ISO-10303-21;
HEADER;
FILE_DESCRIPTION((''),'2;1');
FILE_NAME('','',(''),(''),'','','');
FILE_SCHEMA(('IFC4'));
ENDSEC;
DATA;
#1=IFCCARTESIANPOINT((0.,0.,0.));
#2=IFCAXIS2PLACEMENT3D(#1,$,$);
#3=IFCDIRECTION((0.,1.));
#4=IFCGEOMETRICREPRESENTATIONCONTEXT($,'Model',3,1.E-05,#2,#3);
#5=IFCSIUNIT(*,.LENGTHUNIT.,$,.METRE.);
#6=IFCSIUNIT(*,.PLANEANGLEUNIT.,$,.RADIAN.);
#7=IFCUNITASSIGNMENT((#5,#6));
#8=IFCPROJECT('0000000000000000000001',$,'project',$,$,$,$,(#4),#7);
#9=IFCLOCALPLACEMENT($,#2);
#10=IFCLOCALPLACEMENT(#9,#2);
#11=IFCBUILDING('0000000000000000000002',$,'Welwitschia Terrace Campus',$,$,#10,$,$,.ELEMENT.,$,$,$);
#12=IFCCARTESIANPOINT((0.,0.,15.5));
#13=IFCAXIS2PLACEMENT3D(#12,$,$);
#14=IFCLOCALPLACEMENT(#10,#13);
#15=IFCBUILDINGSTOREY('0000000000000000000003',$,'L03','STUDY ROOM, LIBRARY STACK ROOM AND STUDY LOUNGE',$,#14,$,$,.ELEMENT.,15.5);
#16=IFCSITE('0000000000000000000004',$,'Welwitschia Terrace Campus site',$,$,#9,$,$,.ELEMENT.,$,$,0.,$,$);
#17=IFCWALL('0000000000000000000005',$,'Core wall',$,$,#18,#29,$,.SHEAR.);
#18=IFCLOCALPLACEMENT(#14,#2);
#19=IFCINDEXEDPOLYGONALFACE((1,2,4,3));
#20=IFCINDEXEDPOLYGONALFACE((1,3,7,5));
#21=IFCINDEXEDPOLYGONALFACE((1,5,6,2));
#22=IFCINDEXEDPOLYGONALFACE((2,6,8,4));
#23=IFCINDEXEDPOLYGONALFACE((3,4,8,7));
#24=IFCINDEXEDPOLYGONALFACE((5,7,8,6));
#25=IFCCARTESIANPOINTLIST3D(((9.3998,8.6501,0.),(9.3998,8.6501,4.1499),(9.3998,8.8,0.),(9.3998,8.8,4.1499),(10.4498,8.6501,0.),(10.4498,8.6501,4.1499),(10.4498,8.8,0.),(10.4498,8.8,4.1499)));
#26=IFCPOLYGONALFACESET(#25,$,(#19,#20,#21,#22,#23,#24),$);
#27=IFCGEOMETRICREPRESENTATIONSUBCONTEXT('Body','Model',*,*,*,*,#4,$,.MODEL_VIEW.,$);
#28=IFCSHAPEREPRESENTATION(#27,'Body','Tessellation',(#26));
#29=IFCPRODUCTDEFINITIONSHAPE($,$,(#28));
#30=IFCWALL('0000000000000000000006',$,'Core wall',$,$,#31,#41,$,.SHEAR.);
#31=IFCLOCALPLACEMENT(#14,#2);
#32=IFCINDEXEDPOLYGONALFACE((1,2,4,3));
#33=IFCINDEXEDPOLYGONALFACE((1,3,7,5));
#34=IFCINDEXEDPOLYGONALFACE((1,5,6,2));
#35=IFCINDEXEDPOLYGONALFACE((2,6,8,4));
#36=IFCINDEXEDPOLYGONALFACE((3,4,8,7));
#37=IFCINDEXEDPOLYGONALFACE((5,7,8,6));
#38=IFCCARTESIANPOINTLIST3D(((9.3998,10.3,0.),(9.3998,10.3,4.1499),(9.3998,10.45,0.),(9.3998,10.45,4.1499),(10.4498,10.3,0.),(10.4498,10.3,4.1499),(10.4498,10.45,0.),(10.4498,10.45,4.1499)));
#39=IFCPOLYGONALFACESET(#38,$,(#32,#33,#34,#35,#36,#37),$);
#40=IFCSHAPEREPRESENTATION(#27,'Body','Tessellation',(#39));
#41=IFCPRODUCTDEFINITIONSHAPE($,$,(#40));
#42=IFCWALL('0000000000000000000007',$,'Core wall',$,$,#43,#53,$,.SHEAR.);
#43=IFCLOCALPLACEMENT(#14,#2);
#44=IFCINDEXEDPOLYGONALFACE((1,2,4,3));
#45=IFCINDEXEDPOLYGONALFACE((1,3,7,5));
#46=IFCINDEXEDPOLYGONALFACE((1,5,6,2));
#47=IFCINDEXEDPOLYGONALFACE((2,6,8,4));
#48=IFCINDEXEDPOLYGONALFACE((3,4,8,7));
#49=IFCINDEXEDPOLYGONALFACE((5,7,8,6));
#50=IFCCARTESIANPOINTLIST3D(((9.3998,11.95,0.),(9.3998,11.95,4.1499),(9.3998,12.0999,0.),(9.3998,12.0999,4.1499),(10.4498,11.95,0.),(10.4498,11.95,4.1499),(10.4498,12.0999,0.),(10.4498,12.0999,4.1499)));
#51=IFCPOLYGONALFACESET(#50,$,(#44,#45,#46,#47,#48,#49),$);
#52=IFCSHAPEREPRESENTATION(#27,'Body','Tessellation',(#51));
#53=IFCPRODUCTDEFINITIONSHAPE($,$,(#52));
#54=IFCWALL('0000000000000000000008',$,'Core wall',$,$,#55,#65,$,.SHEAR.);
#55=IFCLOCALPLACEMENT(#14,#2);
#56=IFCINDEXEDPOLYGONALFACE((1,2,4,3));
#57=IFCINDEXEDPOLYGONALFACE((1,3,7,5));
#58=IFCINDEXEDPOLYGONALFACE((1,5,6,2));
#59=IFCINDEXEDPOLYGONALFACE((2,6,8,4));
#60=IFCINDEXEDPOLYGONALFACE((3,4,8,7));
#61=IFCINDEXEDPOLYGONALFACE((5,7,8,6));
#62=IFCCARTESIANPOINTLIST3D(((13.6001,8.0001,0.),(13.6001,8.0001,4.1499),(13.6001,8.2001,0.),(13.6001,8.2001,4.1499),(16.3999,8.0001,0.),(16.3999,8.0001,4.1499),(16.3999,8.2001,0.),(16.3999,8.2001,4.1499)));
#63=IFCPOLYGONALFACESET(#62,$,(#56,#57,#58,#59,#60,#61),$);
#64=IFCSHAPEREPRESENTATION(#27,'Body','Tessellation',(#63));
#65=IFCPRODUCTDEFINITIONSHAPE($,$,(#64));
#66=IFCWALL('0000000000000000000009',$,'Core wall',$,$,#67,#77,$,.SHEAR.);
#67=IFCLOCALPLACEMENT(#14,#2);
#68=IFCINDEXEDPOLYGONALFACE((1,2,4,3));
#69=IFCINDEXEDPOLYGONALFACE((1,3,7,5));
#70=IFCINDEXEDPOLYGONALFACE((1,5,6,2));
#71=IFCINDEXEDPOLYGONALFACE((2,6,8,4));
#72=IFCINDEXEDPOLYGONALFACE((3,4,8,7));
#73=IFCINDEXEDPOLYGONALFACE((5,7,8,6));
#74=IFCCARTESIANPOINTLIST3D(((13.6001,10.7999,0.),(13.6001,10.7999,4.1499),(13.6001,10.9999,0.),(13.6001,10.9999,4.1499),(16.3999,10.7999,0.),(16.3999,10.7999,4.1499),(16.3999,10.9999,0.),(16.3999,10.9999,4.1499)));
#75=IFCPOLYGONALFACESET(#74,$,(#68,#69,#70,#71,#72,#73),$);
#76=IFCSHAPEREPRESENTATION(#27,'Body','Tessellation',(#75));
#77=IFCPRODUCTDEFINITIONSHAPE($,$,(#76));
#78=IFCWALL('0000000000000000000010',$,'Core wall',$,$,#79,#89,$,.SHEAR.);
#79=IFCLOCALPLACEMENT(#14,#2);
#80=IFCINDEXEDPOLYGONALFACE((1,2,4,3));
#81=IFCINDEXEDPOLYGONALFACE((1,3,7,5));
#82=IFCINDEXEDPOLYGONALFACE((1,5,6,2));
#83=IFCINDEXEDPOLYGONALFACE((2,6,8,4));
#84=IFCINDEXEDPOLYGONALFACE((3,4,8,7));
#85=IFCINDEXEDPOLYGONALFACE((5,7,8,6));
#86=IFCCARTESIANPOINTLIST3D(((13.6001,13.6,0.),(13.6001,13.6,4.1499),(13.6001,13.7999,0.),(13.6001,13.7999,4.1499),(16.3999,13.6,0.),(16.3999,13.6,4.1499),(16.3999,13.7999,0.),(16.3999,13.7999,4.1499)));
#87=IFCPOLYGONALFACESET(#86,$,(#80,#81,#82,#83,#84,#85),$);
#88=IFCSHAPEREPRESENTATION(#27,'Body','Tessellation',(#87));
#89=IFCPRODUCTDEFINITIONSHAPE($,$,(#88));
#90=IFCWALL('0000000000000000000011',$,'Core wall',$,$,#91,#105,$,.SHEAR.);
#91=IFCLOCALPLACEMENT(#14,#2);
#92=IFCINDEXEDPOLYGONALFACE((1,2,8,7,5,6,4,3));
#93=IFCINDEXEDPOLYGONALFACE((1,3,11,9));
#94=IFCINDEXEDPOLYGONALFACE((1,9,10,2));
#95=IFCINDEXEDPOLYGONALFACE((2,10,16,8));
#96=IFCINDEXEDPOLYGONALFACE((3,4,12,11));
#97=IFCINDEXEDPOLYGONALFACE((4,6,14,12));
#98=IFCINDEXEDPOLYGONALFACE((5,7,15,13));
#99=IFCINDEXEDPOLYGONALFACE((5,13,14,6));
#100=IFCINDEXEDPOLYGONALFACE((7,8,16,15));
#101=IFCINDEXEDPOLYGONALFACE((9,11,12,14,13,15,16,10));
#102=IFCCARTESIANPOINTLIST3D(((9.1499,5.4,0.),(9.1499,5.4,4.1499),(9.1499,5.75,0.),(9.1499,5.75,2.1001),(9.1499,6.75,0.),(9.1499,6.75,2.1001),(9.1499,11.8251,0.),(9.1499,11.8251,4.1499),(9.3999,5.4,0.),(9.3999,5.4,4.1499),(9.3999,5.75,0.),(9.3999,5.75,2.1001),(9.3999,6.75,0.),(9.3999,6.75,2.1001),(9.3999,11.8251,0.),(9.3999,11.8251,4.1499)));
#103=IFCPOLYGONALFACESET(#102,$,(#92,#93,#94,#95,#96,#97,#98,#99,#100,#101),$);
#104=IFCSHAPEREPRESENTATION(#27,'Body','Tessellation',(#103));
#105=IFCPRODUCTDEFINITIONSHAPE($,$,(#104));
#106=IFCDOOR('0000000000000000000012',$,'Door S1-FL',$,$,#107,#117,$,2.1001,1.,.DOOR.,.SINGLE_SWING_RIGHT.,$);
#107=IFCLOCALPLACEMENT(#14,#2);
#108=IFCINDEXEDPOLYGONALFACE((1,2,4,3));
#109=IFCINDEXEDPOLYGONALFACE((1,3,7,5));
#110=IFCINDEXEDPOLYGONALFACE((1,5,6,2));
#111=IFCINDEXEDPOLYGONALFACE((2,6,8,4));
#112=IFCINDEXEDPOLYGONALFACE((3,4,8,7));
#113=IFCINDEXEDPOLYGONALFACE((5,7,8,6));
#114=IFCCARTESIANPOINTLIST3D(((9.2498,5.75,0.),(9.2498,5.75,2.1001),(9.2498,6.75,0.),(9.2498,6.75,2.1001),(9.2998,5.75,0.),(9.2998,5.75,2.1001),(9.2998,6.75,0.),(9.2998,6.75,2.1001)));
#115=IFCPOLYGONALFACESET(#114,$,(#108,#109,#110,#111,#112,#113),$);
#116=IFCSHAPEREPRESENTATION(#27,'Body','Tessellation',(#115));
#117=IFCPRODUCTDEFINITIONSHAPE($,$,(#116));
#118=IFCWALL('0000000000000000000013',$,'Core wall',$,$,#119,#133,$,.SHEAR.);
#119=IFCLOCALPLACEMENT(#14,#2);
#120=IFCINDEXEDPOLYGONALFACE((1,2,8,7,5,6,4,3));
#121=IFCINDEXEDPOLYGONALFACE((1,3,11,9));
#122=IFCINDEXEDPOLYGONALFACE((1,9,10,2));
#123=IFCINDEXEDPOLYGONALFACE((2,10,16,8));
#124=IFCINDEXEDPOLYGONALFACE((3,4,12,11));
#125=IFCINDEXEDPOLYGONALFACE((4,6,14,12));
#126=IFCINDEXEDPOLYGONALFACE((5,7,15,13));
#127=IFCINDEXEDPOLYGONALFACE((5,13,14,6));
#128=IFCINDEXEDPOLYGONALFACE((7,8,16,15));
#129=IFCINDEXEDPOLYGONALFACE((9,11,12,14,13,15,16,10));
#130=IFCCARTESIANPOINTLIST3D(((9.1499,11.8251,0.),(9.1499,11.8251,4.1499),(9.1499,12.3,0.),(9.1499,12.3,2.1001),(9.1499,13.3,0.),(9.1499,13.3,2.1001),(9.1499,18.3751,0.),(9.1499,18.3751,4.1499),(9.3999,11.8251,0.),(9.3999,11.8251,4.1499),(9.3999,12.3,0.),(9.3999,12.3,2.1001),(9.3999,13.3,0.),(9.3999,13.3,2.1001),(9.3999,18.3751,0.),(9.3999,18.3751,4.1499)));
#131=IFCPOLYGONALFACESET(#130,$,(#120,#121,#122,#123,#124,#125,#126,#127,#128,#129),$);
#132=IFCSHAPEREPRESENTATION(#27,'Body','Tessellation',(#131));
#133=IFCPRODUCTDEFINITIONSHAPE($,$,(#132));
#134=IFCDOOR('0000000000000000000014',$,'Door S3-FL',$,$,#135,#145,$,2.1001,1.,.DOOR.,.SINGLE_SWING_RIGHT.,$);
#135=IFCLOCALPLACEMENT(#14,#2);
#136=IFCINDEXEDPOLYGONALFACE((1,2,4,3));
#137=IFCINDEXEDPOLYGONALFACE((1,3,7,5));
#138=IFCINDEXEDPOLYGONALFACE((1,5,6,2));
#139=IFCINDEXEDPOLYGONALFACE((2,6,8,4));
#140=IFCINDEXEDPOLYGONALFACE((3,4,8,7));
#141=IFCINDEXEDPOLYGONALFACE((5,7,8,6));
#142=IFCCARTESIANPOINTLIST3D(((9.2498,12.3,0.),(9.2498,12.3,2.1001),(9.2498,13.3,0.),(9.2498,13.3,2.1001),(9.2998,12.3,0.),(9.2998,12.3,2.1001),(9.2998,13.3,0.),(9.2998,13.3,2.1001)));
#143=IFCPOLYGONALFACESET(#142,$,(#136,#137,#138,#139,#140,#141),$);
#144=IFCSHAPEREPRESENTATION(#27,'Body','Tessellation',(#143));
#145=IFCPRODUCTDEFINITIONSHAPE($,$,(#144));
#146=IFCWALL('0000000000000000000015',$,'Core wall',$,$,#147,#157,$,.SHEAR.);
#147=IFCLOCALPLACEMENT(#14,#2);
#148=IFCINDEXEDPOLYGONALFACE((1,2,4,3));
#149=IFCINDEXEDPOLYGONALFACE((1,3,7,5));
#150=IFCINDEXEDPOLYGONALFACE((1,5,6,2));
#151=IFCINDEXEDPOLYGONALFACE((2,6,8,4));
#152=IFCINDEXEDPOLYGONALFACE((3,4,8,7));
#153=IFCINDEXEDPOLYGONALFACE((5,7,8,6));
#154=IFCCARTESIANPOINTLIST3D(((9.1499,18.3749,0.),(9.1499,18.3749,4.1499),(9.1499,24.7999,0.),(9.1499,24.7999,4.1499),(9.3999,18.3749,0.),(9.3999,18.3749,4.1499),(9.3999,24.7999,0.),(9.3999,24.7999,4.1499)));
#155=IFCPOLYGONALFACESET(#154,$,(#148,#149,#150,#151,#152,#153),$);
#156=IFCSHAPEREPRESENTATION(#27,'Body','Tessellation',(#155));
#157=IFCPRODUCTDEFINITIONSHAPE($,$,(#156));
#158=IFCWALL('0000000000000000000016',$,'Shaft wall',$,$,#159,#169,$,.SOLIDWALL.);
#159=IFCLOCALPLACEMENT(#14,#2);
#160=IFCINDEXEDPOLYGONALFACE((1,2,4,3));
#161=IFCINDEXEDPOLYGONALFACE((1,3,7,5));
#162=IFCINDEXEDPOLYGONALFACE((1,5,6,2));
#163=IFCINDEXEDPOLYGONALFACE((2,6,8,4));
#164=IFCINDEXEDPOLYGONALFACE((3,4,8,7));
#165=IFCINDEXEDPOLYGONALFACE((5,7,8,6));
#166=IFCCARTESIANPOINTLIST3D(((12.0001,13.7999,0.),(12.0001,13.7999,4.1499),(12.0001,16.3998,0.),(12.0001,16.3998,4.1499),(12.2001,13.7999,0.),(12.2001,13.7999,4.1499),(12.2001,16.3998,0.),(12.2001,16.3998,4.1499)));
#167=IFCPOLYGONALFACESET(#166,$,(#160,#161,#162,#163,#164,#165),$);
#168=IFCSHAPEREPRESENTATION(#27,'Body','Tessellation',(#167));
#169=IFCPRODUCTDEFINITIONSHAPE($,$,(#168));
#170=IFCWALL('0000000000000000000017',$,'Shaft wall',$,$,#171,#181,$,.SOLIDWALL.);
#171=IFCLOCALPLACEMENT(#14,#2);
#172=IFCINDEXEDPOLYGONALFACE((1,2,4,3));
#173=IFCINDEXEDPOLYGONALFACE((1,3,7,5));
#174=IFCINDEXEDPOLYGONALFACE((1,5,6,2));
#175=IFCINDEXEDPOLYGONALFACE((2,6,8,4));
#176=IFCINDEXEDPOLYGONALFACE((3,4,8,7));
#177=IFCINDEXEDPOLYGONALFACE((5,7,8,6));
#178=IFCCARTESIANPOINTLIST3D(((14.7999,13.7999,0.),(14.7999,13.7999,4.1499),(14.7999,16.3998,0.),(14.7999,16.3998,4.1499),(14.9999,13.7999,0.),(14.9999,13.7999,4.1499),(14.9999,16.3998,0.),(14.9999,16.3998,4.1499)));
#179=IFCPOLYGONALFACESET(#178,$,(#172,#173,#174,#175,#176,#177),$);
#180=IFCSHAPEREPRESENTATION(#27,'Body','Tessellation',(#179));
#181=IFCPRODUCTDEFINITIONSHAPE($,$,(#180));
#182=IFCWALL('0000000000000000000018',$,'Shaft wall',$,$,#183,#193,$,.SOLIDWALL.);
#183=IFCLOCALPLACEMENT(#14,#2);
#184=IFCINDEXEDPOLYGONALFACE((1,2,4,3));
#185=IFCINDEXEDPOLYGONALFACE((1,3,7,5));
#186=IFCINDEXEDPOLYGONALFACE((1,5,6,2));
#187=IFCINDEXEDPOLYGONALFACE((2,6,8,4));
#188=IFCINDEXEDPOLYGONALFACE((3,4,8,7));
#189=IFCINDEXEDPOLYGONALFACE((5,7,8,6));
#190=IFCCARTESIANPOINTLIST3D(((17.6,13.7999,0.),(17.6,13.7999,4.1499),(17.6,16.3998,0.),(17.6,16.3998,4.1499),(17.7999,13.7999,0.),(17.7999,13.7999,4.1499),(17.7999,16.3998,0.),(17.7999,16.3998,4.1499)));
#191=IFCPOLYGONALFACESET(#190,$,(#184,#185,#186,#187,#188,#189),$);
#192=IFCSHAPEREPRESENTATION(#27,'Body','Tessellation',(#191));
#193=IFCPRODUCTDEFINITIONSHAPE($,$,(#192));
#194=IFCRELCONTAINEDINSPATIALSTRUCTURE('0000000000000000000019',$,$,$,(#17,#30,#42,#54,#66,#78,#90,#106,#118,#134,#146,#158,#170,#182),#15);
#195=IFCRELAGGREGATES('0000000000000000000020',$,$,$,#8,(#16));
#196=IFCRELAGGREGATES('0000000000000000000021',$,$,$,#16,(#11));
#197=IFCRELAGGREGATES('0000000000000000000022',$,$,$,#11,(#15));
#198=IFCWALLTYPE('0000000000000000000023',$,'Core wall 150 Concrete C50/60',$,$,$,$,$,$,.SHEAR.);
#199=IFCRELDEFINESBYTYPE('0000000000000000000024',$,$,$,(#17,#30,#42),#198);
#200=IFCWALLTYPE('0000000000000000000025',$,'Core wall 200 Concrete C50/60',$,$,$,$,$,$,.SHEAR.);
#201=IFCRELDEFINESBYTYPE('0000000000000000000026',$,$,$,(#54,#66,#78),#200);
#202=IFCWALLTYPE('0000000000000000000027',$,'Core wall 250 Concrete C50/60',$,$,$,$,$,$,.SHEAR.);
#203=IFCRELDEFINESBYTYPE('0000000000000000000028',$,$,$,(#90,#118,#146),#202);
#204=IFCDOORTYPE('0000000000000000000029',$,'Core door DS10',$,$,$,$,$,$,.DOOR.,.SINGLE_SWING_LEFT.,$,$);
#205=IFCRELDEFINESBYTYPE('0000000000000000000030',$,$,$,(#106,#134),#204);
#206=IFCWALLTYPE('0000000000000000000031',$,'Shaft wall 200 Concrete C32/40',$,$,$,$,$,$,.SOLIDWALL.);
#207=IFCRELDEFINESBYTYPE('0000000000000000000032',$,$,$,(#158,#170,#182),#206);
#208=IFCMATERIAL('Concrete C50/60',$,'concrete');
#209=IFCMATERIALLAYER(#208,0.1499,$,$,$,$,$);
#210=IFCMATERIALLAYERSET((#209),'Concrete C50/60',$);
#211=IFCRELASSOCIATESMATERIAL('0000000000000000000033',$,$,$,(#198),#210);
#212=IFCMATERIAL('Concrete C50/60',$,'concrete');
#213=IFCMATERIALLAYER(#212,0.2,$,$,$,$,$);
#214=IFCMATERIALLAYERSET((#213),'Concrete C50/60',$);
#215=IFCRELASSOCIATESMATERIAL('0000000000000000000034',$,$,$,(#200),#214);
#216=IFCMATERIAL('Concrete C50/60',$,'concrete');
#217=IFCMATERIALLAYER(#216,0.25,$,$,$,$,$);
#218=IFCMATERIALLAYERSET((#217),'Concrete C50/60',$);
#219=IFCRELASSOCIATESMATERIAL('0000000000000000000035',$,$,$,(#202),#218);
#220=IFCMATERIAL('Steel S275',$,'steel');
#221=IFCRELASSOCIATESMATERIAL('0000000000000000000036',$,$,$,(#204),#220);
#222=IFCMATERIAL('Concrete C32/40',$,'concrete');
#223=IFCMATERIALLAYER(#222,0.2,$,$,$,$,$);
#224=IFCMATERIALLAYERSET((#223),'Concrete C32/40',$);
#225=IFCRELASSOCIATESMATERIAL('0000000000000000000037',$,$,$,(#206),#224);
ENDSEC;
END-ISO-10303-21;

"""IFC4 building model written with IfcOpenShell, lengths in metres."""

from ifc_helpers import new_model, si_unit, direction, frame, frame_2d, origin, place, context, subcontext, project, spatial, rectangle, extrude, material, layer, layer_set, type_object, element, fill, save


model = new_model("IFC4")

# Units and contexts
model_context = context("Model", 3, precision=1e-05, world=origin(), true_north=direction((0.0, 1.0)))
body_context = subcontext(model_context, "Body", "Model", "MODEL_VIEW")
ifc_project = project(units=[si_unit("LENGTHUNIT", "METRE"), si_unit("PLANEANGLEUNIT", "RADIAN")], contexts=[model_context])

# Site, building, storey
site_placement = place(None, origin())
site = spatial("IfcSite", under=ifc_project, at=site_placement, Name="Welwitschia Terrace Campus site", CompositionType="ELEMENT", RefElevation=0.0)
building_placement = place(site_placement, origin())
building = spatial("IfcBuilding", under=site, at=building_placement, Name="Welwitschia Terrace Campus", CompositionType="ELEMENT")
storey_placement = place(building_placement, frame((0.0, 0.0, 15.5)))
storey = spatial("IfcBuildingStorey", under=building, at=storey_placement, Name="L03", Description="STUDY ROOM, LIBRARY STACK ROOM AND STUDY LOUNGE", CompositionType="ELEMENT", Elevation=15.5)

# Walls
ifc_material_1 = material(Name="Concrete C50/60", Category="concrete")
ifc_layer_1 = layer(ifc_material_1, 0.1499)
ifc_layer_set_1 = layer_set([ifc_layer_1], Name="Concrete C50/60")
wall_type_1 = type_object("IfcWallType", Name="Core wall 150 Concrete C50/60", PredefinedType="SHEAR", material=ifc_layer_set_1)
for number, where, z_axis, x_axis, name in (
    (1, (9.3999, 8.7251, 0.0), (0.0, 0.0, 1.0), (1.0, 0.0, 0.0), "Core wall"),
    (2, (9.3999, 10.375, 0.0), (0.0, 0.0, 1.0), (1.0, 0.0, 0.0), "Core wall"),
    (3, (9.3999, 12.0249, 0.0), (0.0, 0.0, 1.0), (1.0, 0.0, 0.0), "Core wall"),
):
    element("IfcWall", number, at=place(storey_placement, frame(where, z_axis=z_axis, x_axis=x_axis)), inside=storey, type_object=wall_type_1, Name=name, PredefinedType="SHEAR", context=body_context, shape_type="SweptSolid", body=[
        extrude(rectangle(XDim=1.05, YDim=0.1499, at=frame_2d((0.5249, 0.0))), origin(), (0.0, 0.0, 1.0), 4.1499),
    ])
ifc_material_2 = material(Name="Concrete C50/60", Category="concrete")
ifc_layer_2 = layer(ifc_material_2, 0.2)
ifc_layer_set_2 = layer_set([ifc_layer_2], Name="Concrete C50/60")
wall_type_2 = type_object("IfcWallType", Name="Core wall 200 Concrete C50/60", PredefinedType="SHEAR", material=ifc_layer_set_2)
for number, where, z_axis, x_axis, name in (
    (4, (13.6001, 8.1001, 0.0), (0.0, 0.0, 1.0), (1.0, 0.0, 0.0), "Core wall"),
    (5, (13.6001, 10.8999, 0.0), (0.0, 0.0, 1.0), (1.0, 0.0, 0.0), "Core wall"),
    (6, (13.6001, 13.7, 0.0), (0.0, 0.0, 1.0), (1.0, 0.0, 0.0), "Core wall"),
):
    element("IfcWall", number, at=place(storey_placement, frame(where, z_axis=z_axis, x_axis=x_axis)), inside=storey, type_object=wall_type_2, Name=name, PredefinedType="SHEAR", context=body_context, shape_type="SweptSolid", body=[
        extrude(rectangle(XDim=2.7998, YDim=0.2, at=frame_2d((1.3999, 0.0))), origin(), (0.0, 0.0, 1.0), 4.1499),
    ])

# Walls, openings, doors
ifc_material_3 = material(Name="Concrete C50/60", Category="concrete")
ifc_layer_3 = layer(ifc_material_3, 0.25)
ifc_layer_set_3 = layer_set([ifc_layer_3], Name="Concrete C50/60")
wall_type_3 = type_object("IfcWallType", Name="Core wall 250 Concrete C50/60", PredefinedType="SHEAR", material=ifc_layer_set_3)
wall_1_placement = place(storey_placement, frame((9.2749, 11.825, 0.0), z_axis=(0.0, 0.0, 1.0), x_axis=(0.0, -1.0, 0.0)))
wall_1 = element("IfcWall", 7, at=wall_1_placement, inside=storey, type_object=wall_type_3, Name="Core wall", PredefinedType="SHEAR", context=body_context, shape_type="SweptSolid", body=[
    extrude(rectangle(XDim=6.425, YDim=0.25, at=frame_2d((3.2124, 0.0))), origin(), (0.0, 0.0, 1.0), 4.1499),
])
opening_1_placement = place(wall_1_placement, frame((5.075, 0.0, 0.0)))
opening_1 = element("IfcOpeningElement", 8, at=opening_1_placement, cuts=wall_1, PredefinedType="OPENING", context=body_context, shape_type="SweptSolid", body=[
    extrude(rectangle(XDim=1.0, YDim=2.1001, at=frame_2d((0.5, 1.05))), frame((0.0, 0.135, 0.0), z_axis=(0.0, -1.0, 0.0), x_axis=(1.0, 0.0, 0.0)), (0.0, 0.0, 1.0), 0.27),
])
ifc_material_4 = material(Name="Steel S275", Category="steel")
door_type_1 = type_object("IfcDoorType", Name="Core door DS10", OperationType="SINGLE_SWING_LEFT", PredefinedType="DOOR", material=ifc_material_4)
door_1_placement = place(opening_1_placement, origin())
door_1 = element("IfcDoor", 9, at=door_1_placement, inside=storey, type_object=door_type_1, Name="Door S1-FL", OperationType="SINGLE_SWING_RIGHT", OverallHeight=2.1001, OverallWidth=1.0, PredefinedType="DOOR", context=body_context, shape_type="SweptSolid", body=[
    extrude(rectangle(XDim=1.0, YDim=2.1001, at=frame_2d((0.5, 1.05))), frame((0.0, 0.0249, 0.0), z_axis=(0.0, -1.0, 0.0), x_axis=(1.0, 0.0, 0.0)), (0.0, 0.0, 1.0), 0.05),
])
fill(opening_1, door_1)
wall_2_placement = place(storey_placement, frame((9.2749, 18.375, 0.0), z_axis=(0.0, 0.0, 1.0), x_axis=(0.0, -1.0, 0.0)))
wall_2 = element("IfcWall", 10, at=wall_2_placement, inside=storey, type_object=wall_type_3, Name="Core wall", PredefinedType="SHEAR", context=body_context, shape_type="SweptSolid", body=[
    extrude(rectangle(XDim=6.55, YDim=0.25, at=frame_2d((3.2749, 0.0))), origin(), (0.0, 0.0, 1.0), 4.1499),
])
opening_2_placement = place(wall_2_placement, frame((5.075, 0.0, 0.0)))
opening_2 = element("IfcOpeningElement", 11, at=opening_2_placement, cuts=wall_2, PredefinedType="OPENING", context=body_context, shape_type="SweptSolid", body=[
    extrude(rectangle(XDim=1.0, YDim=2.1001, at=frame_2d((0.5, 1.05))), frame((0.0, 0.135, 0.0), z_axis=(0.0, -1.0, 0.0), x_axis=(1.0, 0.0, 0.0)), (0.0, 0.0, 1.0), 0.27),
])
door_2_placement = place(opening_2_placement, origin())
door_2 = element("IfcDoor", 12, at=door_2_placement, inside=storey, type_object=door_type_1, Name="Door S3-FL", OperationType="SINGLE_SWING_RIGHT", OverallHeight=2.1001, OverallWidth=1.0, PredefinedType="DOOR", context=body_context, shape_type="SweptSolid", body=[
    extrude(rectangle(XDim=1.0, YDim=2.1001, at=frame_2d((0.5, 1.05))), frame((0.0, 0.0249, 0.0), z_axis=(0.0, -1.0, 0.0), x_axis=(1.0, 0.0, 0.0)), (0.0, 0.0, 1.0), 0.05),
])
fill(opening_2, door_2)

# Walls
wall_3_placement = place(storey_placement, frame((9.2749, 18.375, 0.0), z_axis=(0.0, 0.0, 1.0), x_axis=(0.0, 1.0, 0.0)))
element("IfcWall", 13, at=wall_3_placement, inside=storey, type_object=wall_type_3, Name="Core wall", PredefinedType="SHEAR", context=body_context, shape_type="SweptSolid", body=[
    extrude(rectangle(XDim=6.425, YDim=0.25, at=frame_2d((3.2124, 0.0))), origin(), (0.0, 0.0, 1.0), 4.1499),
])
ifc_material_5 = material(Name="Concrete C32/40", Category="concrete")
ifc_layer_4 = layer(ifc_material_5, 0.2)
ifc_layer_set_4 = layer_set([ifc_layer_4], Name="Concrete C32/40")
wall_type_4 = type_object("IfcWallType", Name="Shaft wall 200 Concrete C32/40", PredefinedType="SOLIDWALL", material=ifc_layer_set_4)
for number, where, z_axis, x_axis, name in (
    (14, (12.1001, 13.8, 0.0), (0.0, 0.0, 1.0), (0.0, 1.0, 0.0), "Shaft wall"),
    (15, (14.8999, 13.8, 0.0), (0.0, 0.0, 1.0), (0.0, 1.0, 0.0), "Shaft wall"),
    (16, (17.7, 13.8, 0.0), (0.0, 0.0, 1.0), (0.0, 1.0, 0.0), "Shaft wall"),
):
    element("IfcWall", number, at=place(storey_placement, frame(where, z_axis=z_axis, x_axis=x_axis)), inside=storey, type_object=wall_type_4, Name=name, PredefinedType="SOLIDWALL", context=body_context, shape_type="SweptSolid", body=[
        extrude(rectangle(XDim=2.5999, YDim=0.2, at=frame_2d((1.2998, 0.0))), origin(), (0.0, 0.0, 1.0), 4.1499),
    ])

save(model, "model.ifc")
